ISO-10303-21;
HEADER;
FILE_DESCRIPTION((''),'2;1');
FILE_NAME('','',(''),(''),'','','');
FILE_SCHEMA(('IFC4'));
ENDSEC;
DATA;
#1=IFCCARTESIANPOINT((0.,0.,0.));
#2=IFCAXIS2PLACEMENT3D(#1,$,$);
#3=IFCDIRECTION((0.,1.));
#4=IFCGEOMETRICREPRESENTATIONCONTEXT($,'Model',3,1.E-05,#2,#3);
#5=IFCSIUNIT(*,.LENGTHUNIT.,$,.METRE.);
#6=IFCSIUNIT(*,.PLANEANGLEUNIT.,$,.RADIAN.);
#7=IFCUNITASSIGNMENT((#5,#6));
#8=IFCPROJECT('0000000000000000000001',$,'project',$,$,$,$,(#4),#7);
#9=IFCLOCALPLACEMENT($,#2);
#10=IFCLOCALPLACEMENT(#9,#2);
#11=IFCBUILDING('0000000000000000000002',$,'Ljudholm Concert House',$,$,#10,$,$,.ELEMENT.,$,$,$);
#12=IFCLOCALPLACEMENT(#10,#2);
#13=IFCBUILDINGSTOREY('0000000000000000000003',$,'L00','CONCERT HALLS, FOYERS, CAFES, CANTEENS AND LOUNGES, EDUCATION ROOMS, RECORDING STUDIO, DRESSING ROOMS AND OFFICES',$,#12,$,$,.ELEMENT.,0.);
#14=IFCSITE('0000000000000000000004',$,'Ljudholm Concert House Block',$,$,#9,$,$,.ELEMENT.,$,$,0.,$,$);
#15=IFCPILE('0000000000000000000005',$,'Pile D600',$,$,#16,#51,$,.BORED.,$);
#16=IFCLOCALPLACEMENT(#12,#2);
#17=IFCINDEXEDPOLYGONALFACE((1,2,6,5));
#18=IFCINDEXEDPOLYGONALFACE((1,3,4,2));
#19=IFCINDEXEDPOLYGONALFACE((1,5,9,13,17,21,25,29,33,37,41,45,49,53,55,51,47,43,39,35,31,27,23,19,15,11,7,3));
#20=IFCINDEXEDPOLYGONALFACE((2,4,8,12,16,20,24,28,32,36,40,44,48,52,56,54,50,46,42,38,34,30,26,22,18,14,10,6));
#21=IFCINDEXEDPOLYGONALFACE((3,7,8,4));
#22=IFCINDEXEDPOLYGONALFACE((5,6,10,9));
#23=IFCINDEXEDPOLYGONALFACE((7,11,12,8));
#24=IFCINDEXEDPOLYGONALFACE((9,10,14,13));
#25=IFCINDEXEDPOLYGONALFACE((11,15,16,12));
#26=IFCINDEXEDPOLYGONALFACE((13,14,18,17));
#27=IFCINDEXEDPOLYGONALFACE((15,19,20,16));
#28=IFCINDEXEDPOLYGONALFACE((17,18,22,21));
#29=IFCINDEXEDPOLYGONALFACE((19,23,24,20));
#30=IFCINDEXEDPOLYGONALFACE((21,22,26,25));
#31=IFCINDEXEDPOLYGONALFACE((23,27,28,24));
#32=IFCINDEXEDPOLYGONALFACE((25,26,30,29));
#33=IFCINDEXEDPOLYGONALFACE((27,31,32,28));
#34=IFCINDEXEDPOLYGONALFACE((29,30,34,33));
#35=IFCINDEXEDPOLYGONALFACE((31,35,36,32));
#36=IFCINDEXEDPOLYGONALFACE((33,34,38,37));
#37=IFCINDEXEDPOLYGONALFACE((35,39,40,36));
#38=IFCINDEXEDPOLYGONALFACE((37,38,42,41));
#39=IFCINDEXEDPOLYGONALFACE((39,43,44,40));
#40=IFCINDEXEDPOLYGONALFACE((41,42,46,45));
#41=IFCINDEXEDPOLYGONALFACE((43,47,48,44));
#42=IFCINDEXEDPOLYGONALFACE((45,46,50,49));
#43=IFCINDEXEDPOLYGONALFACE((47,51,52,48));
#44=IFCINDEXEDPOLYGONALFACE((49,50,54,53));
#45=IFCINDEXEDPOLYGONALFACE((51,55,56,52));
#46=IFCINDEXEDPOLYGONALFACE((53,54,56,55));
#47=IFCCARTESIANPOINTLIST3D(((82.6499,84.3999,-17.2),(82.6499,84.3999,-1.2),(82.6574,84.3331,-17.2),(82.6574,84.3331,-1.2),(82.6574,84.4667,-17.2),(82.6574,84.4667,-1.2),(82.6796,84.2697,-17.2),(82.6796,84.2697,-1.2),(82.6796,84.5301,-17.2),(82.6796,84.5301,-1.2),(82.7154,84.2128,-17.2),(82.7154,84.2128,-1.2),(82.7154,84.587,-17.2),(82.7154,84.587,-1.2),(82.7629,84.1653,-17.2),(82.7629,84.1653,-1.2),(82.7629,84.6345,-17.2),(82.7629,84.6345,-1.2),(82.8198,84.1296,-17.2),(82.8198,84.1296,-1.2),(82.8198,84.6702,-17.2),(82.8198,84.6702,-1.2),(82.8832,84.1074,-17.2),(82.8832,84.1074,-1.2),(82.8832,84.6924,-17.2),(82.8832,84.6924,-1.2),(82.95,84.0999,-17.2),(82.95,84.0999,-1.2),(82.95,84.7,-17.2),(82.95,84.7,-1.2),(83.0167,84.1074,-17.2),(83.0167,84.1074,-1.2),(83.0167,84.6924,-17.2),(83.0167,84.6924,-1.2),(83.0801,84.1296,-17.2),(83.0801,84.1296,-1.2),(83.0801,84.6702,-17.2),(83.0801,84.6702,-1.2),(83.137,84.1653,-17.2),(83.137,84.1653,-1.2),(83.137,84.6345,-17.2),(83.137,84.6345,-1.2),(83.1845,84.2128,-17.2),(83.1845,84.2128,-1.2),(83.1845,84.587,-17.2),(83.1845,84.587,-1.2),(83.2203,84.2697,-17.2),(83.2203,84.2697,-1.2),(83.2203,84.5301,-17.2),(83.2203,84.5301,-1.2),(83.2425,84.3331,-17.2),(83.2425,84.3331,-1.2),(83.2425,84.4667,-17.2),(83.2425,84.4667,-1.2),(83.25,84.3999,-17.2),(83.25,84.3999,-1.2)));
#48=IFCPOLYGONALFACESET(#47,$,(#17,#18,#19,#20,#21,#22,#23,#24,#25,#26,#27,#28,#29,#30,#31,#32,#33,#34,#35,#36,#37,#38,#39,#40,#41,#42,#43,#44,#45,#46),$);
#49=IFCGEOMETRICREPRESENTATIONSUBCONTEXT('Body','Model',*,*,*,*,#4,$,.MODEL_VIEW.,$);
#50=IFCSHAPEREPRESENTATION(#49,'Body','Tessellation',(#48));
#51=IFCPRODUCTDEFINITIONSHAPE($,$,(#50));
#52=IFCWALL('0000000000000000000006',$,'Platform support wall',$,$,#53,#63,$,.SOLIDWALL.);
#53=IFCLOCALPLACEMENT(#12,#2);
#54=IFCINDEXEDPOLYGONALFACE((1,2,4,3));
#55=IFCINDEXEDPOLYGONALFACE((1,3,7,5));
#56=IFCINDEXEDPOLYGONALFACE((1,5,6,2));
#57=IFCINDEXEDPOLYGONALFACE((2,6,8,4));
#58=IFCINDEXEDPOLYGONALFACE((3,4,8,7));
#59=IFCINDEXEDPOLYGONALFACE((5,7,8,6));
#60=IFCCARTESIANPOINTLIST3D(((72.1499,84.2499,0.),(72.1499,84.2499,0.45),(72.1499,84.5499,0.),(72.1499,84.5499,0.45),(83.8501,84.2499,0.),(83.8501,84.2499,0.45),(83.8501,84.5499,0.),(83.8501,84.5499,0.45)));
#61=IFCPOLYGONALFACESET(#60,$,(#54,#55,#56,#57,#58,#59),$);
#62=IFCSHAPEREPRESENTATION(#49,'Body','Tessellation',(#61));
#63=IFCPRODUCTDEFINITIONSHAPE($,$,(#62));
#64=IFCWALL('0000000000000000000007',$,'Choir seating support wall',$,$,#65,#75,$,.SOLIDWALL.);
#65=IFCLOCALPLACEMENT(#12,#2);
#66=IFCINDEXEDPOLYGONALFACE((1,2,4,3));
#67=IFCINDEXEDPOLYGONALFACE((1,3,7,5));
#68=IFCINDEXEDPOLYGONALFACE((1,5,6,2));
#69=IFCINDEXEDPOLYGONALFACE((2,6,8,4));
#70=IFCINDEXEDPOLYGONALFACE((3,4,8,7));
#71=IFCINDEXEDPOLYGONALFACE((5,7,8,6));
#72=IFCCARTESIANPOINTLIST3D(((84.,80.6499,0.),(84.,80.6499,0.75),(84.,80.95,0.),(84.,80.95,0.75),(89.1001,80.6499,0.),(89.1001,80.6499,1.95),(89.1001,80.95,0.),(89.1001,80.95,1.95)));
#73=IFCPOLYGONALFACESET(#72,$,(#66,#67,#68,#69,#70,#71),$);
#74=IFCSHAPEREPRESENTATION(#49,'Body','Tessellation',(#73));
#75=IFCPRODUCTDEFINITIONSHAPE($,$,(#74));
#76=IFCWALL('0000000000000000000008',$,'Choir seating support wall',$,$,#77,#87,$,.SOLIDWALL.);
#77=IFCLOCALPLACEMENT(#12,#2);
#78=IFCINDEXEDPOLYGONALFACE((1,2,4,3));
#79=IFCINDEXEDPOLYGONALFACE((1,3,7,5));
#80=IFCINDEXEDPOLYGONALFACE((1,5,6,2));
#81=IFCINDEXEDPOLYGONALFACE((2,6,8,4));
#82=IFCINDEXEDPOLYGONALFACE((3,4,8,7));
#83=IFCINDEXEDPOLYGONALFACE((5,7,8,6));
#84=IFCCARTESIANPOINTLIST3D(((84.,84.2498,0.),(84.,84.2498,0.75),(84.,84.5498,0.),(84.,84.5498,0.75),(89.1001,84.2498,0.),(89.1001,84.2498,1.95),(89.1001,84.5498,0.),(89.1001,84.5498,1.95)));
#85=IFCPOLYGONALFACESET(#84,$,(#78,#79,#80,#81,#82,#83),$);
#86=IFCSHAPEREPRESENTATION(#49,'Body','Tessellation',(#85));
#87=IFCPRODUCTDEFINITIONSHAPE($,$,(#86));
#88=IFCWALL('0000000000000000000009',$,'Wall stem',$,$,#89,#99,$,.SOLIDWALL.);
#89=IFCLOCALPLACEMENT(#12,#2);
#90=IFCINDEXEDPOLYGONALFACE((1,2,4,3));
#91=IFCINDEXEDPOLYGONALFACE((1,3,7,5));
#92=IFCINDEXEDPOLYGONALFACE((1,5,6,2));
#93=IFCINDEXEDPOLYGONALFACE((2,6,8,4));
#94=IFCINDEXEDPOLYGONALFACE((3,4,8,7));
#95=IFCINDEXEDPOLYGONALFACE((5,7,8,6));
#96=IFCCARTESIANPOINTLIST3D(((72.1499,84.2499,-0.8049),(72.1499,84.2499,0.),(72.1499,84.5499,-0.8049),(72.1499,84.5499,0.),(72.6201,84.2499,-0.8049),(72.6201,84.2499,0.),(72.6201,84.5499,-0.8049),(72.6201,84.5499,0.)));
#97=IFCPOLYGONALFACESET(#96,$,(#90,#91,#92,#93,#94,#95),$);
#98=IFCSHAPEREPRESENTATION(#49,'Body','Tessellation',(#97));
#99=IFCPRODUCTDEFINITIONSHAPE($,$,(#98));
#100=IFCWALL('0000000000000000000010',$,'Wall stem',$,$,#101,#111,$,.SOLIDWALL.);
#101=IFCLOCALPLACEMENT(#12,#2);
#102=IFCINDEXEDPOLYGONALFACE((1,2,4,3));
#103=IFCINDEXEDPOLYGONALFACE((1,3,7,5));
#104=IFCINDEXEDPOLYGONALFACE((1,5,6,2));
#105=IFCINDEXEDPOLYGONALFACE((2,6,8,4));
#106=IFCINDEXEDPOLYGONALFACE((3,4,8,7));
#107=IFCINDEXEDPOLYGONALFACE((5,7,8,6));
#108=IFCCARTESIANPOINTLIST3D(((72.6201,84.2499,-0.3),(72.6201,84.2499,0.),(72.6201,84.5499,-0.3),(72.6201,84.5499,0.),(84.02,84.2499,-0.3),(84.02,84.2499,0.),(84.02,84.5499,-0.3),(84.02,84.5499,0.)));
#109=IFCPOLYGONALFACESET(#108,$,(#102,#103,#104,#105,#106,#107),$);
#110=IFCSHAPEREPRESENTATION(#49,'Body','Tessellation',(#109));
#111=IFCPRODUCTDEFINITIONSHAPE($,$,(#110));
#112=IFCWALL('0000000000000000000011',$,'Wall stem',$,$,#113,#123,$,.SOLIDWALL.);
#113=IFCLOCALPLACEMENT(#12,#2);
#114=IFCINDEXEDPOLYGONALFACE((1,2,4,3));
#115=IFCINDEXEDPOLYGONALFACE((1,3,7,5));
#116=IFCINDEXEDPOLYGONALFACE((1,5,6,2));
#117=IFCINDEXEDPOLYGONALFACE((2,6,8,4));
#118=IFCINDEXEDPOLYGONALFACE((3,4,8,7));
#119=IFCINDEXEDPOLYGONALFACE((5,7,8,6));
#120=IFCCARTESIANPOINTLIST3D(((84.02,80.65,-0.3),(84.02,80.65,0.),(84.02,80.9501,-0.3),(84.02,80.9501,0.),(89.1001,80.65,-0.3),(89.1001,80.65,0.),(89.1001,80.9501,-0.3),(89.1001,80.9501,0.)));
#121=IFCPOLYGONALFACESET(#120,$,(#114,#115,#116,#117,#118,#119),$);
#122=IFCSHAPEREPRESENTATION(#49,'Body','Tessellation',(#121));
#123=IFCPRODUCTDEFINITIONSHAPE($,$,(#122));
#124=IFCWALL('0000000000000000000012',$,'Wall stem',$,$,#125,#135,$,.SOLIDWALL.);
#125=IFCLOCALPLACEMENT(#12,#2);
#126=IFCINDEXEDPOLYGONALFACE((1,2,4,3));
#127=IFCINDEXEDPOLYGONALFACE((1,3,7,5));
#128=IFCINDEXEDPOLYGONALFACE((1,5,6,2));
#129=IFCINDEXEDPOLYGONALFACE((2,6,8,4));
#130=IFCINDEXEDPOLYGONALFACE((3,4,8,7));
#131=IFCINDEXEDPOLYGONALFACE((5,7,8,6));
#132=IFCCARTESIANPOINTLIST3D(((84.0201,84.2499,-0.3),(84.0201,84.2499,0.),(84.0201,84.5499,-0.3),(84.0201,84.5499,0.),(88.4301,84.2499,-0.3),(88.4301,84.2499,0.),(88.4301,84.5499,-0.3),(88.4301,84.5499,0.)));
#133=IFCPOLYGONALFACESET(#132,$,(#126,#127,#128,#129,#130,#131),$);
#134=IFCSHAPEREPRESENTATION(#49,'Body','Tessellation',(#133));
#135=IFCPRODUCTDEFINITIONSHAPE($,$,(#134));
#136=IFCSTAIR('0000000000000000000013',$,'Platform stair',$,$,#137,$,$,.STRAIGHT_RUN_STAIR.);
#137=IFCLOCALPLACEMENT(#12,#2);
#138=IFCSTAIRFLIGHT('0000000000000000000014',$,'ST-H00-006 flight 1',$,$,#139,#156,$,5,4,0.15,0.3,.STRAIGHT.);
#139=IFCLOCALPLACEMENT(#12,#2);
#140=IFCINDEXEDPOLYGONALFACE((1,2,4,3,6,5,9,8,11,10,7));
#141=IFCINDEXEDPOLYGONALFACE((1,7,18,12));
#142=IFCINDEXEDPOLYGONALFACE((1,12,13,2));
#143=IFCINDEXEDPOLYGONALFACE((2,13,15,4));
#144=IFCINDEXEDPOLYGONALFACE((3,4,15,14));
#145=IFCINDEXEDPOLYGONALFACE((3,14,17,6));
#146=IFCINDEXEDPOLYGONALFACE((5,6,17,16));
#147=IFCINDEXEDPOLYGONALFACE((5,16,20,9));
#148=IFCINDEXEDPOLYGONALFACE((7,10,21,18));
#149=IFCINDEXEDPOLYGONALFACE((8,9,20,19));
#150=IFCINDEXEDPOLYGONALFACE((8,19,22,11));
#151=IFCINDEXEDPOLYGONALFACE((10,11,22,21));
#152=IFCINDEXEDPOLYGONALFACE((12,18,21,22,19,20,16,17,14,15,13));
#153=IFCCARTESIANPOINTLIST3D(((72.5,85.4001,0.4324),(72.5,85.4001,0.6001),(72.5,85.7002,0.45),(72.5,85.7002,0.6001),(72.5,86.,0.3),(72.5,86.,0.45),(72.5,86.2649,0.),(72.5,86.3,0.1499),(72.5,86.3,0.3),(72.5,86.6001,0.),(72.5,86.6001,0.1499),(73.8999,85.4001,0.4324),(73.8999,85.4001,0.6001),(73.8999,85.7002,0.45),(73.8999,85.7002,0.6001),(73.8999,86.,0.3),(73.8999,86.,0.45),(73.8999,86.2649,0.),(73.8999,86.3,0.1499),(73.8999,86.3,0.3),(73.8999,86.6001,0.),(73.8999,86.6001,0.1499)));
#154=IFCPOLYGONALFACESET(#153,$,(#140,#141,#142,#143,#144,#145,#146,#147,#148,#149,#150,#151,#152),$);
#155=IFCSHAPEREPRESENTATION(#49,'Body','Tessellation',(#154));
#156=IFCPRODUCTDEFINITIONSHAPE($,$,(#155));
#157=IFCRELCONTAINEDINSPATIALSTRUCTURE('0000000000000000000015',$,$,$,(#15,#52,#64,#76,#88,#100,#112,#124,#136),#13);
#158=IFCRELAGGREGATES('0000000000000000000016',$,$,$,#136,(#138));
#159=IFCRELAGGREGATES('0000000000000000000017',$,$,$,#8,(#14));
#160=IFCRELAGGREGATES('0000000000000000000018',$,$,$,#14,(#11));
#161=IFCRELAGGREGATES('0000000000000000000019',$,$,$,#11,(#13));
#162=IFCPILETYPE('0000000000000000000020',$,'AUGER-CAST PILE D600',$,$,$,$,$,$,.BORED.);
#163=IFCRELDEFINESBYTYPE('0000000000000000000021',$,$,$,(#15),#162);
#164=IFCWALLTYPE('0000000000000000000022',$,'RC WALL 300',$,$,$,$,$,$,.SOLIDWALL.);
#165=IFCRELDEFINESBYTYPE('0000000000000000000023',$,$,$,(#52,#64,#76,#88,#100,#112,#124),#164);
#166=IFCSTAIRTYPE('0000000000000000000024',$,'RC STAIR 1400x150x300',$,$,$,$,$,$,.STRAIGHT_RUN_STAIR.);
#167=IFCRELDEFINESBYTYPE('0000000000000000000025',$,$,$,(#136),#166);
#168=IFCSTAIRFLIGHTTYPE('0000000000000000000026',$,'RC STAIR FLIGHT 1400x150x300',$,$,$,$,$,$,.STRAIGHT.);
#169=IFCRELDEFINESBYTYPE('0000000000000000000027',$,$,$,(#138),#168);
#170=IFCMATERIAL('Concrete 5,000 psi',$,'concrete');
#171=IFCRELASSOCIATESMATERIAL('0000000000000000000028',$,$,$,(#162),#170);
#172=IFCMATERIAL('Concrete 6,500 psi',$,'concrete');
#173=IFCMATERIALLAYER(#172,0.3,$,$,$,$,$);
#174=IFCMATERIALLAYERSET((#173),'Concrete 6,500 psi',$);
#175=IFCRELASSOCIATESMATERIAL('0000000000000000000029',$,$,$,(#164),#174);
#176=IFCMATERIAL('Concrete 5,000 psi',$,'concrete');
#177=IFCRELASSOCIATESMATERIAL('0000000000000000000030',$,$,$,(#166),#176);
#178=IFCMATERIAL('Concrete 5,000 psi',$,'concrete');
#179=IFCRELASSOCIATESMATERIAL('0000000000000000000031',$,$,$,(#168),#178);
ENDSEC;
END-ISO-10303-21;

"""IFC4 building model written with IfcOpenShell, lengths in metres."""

from ifc_helpers import new_model, si_unit, direction, frame, frame_2d, origin, origin_2d, place, context, subcontext, project, spatial, polyline, rectangle, circle, outline, extrude, material, layer, layer_set, material_profile, profile_set, type_object, element, aggregate, save


model = new_model("IFC4")

# Units and contexts
model_context = context("Model", 3, precision=1e-05, world=origin(), true_north=direction((0.0, 1.0)))
body_context = subcontext(model_context, "Body", "Model", "MODEL_VIEW")
ifc_project = project(units=[si_unit("LENGTHUNIT", "METRE"), si_unit("PLANEANGLEUNIT", "RADIAN")], contexts=[model_context])

# Site, building, storey
site_placement = place(None, origin())
site = spatial("IfcSite", under=ifc_project, at=site_placement, Name="Ljudholm Concert House Block", CompositionType="ELEMENT", RefElevation=0.0)
building_placement = place(site_placement, origin())
building = spatial("IfcBuilding", under=site, at=building_placement, Name="Ljudholm Concert House", CompositionType="ELEMENT")
storey_placement = place(building_placement, origin())
storey = spatial("IfcBuildingStorey", under=building, at=storey_placement, Name="L00", Description="CONCERT HALLS, FOYERS, CAFES, CANTEENS AND LOUNGES, EDUCATION ROOMS, RECORDING STUDIO, DRESSING ROOMS AND OFFICES", CompositionType="ELEMENT", Elevation=0.0)

# Pile
ifc_material_1 = material(Name="Concrete 5,000 psi", Category="concrete")
ifc_material_profile = material_profile(ifc_material_1, circle(Radius=0.3, at=origin_2d()), Name="AUGER-CAST PILE D600")
ifc_profile_set = profile_set([ifc_material_profile], Name="Concrete 5,000 psi")
pile_type = type_object("IfcPileType", Name="AUGER-CAST PILE D600", PredefinedType="BORED", material=ifc_profile_set)
for number, where, z_axis, x_axis, name in (
    (1, (82.95, 84.3999, -1.2), (0.0, 0.0, -1.0), (1.0, 0.0, 0.0), "Pile D600"),
):
    element("IfcPile", number, at=place(storey_placement, frame(where, z_axis=z_axis, x_axis=x_axis)), inside=storey, type_object=pile_type, Name=name, PredefinedType="BORED", context=body_context, shape_type="SweptSolid", body=[
        extrude(circle(Radius=0.3, at=origin_2d()), origin(), (0.0, 0.0, 1.0), 16.0),
    ])

# Walls
ifc_material_2 = material(Name="Concrete 6,500 psi", Category="concrete")
ifc_layer = layer(ifc_material_2, 0.3)
ifc_layer_set = layer_set([ifc_layer], Name="Concrete 6,500 psi")
wall_type = type_object("IfcWallType", Name="RC WALL 300", PredefinedType="SOLIDWALL", material=ifc_layer_set)
wall_1_placement = place(storey_placement, frame((72.1499, 84.3999, 0.0), z_axis=(0.0, 0.0, 1.0), x_axis=(1.0, 0.0, 0.0)))
element("IfcWall", 2, at=wall_1_placement, inside=storey, type_object=wall_type, Name="Platform support wall", PredefinedType="SOLIDWALL", context=body_context, shape_type="SweptSolid", body=[
    extrude(rectangle(XDim=11.7002, YDim=0.3, at=frame_2d((5.8501, 0.0))), origin(), (0.0, 0.0, 1.0), 0.45),
])
for number, where, z_axis, x_axis, name in (
    (3, (84.0, 80.8, 0.0), (0.0, 0.0, 1.0), (1.0, 0.0, 0.0), "Choir seating support wall"),
    (4, (84.0, 84.3999, 0.0), (0.0, 0.0, 1.0), (1.0, 0.0, 0.0), "Choir seating support wall"),
):
    element("IfcWall", number, at=place(storey_placement, frame(where, z_axis=z_axis, x_axis=x_axis)), inside=storey, type_object=wall_type, Name=name, PredefinedType="SOLIDWALL", context=body_context, shape_type="SweptSolid", body=[
        extrude(outline(polyline([(0.0, 0.0), (5.1001, 0.0), (5.1001, 1.95), (0.0, 0.75), (0.0, 0.0)])), frame((0.0, 0.1499, 0.0), z_axis=(0.0, -1.0, 0.0), x_axis=(1.0, 0.0, 0.0)), (0.0, 0.0, 1.0), 0.3),
    ])
wall_2_placement = place(storey_placement, frame((72.1499, 84.3999, -0.8049), z_axis=(0.0, 0.0, 1.0), x_axis=(1.0, 0.0, 0.0)))
element("IfcWall", 5, at=wall_2_placement, inside=storey, type_object=wall_type, Name="Wall stem", PredefinedType="SOLIDWALL", context=body_context, shape_type="SweptSolid", body=[
    extrude(rectangle(XDim=0.4702, YDim=0.3, at=frame_2d((0.2351, 0.0))), origin(), (0.0, 0.0, 1.0), 0.8049),
])
wall_3_placement = place(storey_placement, frame((72.6201, 84.3999, -0.3), z_axis=(0.0, 0.0, 1.0), x_axis=(1.0, 0.0, 0.0)))
element("IfcWall", 6, at=wall_3_placement, inside=storey, type_object=wall_type, Name="Wall stem", PredefinedType="SOLIDWALL", context=body_context, shape_type="SweptSolid", body=[
    extrude(rectangle(XDim=11.3999, YDim=0.3, at=frame_2d((5.7, 0.0))), origin(), (0.0, 0.0, 1.0), 0.3),
])
wall_4_placement = place(storey_placement, frame((84.02, 80.8, -0.3), z_axis=(0.0, 0.0, 1.0), x_axis=(1.0, 0.0, 0.0)))
element("IfcWall", 7, at=wall_4_placement, inside=storey, type_object=wall_type, Name="Wall stem", PredefinedType="SOLIDWALL", context=body_context, shape_type="SweptSolid", body=[
    extrude(rectangle(XDim=5.0801, YDim=0.3, at=frame_2d((2.54, 0.0))), origin(), (0.0, 0.0, 1.0), 0.3),
])
wall_5_placement = place(storey_placement, frame((84.02, 84.3999, -0.3), z_axis=(0.0, 0.0, 1.0), x_axis=(1.0, 0.0, 0.0)))
element("IfcWall", 8, at=wall_5_placement, inside=storey, type_object=wall_type, Name="Wall stem", PredefinedType="SOLIDWALL", context=body_context, shape_type="SweptSolid", body=[
    extrude(rectangle(XDim=4.4099, YDim=0.3, at=frame_2d((2.2051, 0.0))), origin(), (0.0, 0.0, 1.0), 0.3),
])

# Stair, stair flight
ifc_material_3 = material(Name="Concrete 5,000 psi", Category="concrete")
stair_type = type_object("IfcStairType", Name="RC STAIR 1400x150x300", PredefinedType="STRAIGHT_RUN_STAIR", material=ifc_material_3)
stair_placement = place(storey_placement, origin())
stair = element("IfcStair", 9, at=stair_placement, inside=storey, type_object=stair_type, Name="Platform stair", PredefinedType="STRAIGHT_RUN_STAIR")
ifc_material_4 = material(Name="Concrete 5,000 psi", Category="concrete")
stair_flight_type = type_object("IfcStairFlightType", Name="RC STAIR FLIGHT 1400x150x300", PredefinedType="STRAIGHT", material=ifc_material_4)
stair_flight_placement = place(storey_placement, frame((73.2, 86.6001, 0.0), z_axis=(0.0, 0.0, 1.0), x_axis=(0.0, -1.0, 0.0)))
stair_flight = element("IfcStairFlight", 10, at=stair_flight_placement, type_object=stair_flight_type, Name="ST-H00-006 flight 1", NumberOfRisers=5, NumberOfTreads=4, PredefinedType="STRAIGHT", RiserHeight=0.15, TreadLength=0.3, context=body_context, shape_type="SweptSolid", body=[
    extrude(outline(polyline([(0.0, 0.0), (0.0, 0.1499), (0.3, 0.1499), (0.3, 0.3), (0.6001, 0.3), (0.6001, 0.45), (0.8999, 0.45), (0.8999, 0.6001), (1.2, 0.6001), (1.2, 0.75), (1.2, 0.4324), (0.3352, 0.0), (0.0, 0.0)])), frame((0.0, 0.7, 0.0), z_axis=(0.0, -1.0, 0.0), x_axis=(1.0, 0.0, 0.0)), (0.0, 0.0, 1.0), 1.3999),
])
aggregate(stair, [stair_flight])

save(model, "model.ifc")
